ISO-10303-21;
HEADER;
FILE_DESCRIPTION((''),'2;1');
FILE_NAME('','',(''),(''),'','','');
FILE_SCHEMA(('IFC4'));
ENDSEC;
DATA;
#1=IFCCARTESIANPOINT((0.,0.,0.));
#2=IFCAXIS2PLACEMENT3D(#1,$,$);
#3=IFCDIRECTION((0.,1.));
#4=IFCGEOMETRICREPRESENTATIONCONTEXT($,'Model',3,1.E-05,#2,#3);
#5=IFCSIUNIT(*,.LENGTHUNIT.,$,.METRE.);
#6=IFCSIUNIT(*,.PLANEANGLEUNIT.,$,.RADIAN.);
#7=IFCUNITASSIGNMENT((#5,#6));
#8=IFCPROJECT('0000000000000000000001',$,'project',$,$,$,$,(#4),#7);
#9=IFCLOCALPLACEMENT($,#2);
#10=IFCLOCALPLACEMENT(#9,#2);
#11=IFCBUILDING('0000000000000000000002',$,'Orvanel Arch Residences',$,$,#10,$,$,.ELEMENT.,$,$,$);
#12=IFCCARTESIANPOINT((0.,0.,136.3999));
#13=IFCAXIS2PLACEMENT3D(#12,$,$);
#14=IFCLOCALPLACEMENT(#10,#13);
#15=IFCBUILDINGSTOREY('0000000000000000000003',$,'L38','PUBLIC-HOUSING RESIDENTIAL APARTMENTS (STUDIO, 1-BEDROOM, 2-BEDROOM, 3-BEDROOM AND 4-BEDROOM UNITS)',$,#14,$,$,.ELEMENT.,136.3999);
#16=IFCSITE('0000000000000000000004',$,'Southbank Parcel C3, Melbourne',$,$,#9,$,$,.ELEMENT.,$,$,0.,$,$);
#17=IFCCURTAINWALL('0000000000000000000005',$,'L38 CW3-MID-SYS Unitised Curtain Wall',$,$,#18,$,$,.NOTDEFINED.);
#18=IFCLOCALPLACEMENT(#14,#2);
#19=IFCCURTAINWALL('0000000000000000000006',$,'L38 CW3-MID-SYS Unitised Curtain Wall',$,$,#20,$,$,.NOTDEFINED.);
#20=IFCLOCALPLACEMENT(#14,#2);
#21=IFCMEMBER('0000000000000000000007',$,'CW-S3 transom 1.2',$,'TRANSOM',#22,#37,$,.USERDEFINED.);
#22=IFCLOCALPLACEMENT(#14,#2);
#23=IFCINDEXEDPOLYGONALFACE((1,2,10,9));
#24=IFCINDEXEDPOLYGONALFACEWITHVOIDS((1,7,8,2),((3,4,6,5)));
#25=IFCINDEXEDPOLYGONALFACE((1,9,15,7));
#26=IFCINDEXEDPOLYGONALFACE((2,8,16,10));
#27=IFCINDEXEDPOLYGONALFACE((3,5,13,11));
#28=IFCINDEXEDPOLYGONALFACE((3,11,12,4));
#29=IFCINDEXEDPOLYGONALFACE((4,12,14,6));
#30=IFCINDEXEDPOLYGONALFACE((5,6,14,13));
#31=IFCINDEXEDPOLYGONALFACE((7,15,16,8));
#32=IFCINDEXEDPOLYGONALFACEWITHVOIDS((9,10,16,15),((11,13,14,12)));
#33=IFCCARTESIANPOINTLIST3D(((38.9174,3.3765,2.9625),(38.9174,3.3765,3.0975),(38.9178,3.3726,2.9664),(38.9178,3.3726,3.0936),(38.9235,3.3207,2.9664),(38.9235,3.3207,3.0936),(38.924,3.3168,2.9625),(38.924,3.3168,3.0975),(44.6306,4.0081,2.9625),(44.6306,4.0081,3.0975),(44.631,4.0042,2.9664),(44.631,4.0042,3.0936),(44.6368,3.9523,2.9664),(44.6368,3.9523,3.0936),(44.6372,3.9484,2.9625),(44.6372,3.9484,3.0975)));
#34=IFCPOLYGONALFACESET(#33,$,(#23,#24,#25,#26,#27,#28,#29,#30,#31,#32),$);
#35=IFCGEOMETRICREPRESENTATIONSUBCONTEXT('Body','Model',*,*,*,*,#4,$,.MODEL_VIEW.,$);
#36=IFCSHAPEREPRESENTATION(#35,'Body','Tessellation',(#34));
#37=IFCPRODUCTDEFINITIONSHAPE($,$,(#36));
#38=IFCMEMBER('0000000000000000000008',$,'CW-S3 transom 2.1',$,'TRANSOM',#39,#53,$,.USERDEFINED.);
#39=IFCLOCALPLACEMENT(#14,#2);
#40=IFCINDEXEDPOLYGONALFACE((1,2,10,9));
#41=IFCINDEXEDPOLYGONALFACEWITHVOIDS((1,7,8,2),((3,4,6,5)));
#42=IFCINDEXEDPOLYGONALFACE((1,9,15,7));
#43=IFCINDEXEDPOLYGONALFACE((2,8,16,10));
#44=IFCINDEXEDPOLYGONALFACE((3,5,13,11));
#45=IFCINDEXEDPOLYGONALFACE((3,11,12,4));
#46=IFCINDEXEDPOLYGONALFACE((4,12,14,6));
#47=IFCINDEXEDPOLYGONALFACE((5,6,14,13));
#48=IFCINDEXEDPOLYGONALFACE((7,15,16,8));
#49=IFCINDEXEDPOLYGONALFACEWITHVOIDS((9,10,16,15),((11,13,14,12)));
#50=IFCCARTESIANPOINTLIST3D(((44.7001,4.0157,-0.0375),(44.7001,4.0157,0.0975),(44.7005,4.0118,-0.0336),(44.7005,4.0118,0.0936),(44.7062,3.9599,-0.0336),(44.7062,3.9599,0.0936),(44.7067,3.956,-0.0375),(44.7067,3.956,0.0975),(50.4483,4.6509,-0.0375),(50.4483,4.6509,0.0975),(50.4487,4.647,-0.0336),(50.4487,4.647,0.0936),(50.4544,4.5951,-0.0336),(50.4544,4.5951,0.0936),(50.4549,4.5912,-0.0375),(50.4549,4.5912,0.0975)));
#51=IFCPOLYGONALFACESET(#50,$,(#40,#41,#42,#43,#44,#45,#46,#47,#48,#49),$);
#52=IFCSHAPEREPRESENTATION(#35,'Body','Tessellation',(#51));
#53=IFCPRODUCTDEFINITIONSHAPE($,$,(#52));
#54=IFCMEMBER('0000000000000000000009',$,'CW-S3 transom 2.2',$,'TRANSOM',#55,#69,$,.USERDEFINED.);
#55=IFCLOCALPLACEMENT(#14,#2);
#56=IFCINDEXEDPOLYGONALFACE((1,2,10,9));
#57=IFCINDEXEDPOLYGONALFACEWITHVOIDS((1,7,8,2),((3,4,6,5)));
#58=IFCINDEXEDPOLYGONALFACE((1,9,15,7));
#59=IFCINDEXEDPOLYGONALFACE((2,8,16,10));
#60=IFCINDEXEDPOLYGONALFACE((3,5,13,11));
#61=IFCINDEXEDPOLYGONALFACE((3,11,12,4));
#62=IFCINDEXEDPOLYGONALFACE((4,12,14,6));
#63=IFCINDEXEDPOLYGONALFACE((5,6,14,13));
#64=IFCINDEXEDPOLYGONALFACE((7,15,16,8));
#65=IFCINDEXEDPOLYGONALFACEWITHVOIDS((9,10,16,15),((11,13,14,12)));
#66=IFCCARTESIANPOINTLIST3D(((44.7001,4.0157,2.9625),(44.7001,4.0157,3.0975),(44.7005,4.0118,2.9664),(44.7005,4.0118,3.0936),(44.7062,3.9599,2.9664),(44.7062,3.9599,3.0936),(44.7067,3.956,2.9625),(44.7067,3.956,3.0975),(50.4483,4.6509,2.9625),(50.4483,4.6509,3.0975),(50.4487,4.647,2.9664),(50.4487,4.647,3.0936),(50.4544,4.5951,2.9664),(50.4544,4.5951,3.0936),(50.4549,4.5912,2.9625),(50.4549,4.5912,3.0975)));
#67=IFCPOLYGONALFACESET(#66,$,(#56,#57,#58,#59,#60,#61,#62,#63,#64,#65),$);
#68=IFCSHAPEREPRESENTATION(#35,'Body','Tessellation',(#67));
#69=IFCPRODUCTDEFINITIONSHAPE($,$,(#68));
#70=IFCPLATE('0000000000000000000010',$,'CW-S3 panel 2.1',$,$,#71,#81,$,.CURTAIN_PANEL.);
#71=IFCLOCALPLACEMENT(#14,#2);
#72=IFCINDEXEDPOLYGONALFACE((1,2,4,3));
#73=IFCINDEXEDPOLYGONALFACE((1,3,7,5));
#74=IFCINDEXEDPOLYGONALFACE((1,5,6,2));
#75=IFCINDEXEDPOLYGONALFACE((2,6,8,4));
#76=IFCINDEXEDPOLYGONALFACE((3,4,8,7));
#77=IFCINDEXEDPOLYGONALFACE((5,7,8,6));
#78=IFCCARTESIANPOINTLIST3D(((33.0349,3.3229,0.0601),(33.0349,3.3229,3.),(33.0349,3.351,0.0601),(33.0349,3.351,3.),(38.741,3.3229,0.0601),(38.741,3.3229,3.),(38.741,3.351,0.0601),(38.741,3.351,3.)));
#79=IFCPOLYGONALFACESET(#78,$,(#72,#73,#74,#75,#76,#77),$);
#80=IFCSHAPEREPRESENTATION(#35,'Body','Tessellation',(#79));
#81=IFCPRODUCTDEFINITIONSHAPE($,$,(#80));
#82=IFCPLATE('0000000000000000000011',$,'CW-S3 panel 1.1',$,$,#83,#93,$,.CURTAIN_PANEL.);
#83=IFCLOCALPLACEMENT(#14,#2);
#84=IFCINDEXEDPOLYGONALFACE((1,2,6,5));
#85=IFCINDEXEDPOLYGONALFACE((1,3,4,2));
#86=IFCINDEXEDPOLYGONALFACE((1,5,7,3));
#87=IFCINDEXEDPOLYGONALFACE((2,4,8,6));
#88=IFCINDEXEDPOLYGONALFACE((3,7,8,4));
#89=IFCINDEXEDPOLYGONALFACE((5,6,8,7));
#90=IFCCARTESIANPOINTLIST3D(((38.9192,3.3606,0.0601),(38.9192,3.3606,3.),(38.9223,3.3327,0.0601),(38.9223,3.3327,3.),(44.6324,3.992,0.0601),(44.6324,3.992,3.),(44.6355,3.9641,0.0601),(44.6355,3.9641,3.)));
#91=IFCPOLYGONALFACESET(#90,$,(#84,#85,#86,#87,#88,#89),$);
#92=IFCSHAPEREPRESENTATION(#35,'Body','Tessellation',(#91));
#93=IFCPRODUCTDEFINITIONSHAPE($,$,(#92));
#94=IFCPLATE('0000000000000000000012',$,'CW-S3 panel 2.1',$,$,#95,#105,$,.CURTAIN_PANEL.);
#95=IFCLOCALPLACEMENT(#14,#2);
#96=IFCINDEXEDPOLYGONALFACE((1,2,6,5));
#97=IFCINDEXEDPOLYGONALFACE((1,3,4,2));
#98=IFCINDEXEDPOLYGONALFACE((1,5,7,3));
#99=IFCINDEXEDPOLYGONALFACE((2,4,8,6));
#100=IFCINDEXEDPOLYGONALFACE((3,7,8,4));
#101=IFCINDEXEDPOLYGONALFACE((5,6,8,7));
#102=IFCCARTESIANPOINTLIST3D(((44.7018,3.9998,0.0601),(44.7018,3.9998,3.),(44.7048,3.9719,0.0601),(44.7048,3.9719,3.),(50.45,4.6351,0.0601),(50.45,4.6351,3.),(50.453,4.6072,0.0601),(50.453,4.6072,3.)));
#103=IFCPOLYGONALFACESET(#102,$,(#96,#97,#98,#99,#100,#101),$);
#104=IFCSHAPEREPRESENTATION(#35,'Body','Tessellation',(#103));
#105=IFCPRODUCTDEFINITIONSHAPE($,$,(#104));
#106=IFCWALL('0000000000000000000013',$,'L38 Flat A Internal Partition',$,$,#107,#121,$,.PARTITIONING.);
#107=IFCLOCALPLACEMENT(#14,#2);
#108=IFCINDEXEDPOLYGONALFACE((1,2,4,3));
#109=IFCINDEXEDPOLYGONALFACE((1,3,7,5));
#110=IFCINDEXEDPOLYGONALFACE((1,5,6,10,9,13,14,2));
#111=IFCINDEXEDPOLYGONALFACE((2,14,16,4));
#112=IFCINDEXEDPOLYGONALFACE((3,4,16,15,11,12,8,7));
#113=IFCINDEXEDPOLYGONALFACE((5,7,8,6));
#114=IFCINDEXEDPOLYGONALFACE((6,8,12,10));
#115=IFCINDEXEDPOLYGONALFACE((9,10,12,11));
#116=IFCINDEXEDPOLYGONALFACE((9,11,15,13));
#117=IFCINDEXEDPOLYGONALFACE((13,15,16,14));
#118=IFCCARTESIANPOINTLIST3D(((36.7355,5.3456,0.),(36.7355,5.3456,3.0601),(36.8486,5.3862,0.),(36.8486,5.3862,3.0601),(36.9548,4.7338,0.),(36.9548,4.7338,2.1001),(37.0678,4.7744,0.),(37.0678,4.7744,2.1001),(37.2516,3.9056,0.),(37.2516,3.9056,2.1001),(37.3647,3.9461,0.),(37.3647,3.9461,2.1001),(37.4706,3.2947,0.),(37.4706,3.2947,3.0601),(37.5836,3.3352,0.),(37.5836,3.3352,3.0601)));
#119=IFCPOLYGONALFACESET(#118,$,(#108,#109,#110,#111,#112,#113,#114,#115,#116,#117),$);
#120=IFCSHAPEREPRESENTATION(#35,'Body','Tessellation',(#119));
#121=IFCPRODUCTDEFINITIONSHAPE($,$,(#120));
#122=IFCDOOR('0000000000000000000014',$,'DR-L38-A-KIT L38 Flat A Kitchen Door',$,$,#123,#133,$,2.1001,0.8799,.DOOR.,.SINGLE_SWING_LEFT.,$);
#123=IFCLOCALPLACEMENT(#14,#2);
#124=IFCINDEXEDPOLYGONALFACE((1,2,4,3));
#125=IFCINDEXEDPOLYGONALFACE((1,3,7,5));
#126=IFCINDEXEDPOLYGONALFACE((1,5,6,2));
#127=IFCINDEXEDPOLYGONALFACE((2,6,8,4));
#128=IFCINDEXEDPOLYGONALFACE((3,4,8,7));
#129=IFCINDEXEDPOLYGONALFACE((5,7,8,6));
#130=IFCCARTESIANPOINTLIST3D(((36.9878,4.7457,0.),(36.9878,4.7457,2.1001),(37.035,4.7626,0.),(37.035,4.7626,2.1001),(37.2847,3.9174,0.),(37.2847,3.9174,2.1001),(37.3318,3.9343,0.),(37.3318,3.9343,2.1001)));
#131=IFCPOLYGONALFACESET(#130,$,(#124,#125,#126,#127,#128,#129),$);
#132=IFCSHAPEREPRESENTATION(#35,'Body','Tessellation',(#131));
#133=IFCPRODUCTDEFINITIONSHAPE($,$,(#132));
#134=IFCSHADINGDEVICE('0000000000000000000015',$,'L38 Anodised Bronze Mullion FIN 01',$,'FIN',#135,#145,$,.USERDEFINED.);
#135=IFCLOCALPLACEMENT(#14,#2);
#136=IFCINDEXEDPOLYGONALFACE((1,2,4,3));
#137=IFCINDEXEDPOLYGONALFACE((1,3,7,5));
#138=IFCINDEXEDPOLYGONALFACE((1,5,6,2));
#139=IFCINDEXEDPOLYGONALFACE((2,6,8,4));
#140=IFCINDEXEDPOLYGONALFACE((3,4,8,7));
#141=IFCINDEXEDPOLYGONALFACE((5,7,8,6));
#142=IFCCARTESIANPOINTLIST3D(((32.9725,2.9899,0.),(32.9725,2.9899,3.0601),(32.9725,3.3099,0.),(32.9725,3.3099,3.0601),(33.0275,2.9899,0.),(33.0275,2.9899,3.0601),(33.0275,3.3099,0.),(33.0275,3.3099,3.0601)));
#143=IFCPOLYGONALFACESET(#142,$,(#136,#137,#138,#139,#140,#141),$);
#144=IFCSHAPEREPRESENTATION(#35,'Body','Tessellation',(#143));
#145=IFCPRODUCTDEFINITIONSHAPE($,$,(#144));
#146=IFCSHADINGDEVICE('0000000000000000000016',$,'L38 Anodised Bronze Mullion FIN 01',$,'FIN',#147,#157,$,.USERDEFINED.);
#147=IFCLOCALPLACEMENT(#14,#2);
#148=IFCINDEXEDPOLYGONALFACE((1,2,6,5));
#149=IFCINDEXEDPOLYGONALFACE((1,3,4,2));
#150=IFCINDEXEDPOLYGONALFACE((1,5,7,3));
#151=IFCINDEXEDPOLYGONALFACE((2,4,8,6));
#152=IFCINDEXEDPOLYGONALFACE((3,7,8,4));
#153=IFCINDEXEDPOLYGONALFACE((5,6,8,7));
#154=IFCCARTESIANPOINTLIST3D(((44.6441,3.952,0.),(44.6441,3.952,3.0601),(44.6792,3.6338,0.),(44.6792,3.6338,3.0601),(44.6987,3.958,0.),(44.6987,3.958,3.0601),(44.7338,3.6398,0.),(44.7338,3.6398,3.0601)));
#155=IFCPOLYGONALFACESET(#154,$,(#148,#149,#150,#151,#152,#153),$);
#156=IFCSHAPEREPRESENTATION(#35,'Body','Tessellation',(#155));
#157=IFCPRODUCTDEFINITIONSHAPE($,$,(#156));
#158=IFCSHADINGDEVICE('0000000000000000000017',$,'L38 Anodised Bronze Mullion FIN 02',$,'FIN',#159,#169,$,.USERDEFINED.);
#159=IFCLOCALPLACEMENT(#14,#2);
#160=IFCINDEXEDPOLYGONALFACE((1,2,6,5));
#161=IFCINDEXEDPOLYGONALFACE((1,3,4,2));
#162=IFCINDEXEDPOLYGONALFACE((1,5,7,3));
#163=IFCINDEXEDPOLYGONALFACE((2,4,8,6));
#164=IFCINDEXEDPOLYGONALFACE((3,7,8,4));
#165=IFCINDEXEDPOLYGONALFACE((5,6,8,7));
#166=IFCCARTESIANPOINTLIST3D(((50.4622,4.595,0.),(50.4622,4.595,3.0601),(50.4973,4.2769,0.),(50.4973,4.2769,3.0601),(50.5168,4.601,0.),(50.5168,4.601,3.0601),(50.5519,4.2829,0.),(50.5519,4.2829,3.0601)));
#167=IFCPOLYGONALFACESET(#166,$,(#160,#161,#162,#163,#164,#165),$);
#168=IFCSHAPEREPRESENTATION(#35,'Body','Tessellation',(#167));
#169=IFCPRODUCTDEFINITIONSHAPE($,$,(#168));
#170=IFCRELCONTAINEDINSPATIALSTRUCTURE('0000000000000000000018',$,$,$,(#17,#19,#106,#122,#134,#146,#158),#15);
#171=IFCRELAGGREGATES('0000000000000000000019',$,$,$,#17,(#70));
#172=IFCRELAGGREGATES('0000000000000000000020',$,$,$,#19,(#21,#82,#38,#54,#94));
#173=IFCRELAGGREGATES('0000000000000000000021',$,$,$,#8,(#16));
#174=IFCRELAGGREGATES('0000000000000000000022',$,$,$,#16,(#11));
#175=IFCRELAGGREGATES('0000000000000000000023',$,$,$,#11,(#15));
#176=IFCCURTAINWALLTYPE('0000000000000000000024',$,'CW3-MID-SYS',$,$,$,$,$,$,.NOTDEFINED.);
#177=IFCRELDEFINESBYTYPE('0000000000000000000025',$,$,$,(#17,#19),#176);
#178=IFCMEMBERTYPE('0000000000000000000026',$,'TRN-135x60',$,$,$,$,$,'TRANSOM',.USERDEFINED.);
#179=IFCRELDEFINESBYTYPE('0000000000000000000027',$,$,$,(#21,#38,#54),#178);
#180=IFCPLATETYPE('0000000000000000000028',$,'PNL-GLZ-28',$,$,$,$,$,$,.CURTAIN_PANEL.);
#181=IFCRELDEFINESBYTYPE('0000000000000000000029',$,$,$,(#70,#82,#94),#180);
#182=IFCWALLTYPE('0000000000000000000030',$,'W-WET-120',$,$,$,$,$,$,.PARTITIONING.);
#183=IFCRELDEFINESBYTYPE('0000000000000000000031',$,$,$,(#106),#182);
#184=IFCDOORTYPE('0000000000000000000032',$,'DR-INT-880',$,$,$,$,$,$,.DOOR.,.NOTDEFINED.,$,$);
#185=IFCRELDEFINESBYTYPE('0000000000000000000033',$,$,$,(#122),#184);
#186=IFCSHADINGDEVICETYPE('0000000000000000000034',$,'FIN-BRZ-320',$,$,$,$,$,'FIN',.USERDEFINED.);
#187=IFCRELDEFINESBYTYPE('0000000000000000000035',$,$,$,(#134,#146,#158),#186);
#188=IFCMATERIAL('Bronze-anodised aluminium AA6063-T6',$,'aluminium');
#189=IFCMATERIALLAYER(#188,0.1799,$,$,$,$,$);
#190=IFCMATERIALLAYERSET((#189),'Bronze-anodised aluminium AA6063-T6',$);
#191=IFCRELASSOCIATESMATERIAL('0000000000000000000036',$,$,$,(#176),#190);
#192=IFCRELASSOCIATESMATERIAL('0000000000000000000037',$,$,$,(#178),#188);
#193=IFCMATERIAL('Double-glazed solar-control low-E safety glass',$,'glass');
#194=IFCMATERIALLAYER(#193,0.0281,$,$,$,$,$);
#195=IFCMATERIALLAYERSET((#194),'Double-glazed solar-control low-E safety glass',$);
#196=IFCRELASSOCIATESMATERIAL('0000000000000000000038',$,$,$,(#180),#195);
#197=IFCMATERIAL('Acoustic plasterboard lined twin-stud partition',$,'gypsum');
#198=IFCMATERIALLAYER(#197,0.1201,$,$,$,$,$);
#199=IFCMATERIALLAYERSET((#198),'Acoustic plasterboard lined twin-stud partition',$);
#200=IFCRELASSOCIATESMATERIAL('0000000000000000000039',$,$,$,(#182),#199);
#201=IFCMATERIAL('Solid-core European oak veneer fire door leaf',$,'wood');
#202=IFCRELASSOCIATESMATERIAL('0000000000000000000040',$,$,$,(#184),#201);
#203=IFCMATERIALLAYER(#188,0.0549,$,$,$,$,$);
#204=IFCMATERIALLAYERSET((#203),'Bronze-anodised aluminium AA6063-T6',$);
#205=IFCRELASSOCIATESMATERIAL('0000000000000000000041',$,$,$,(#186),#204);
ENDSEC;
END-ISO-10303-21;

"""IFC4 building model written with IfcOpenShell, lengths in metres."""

from ifc_helpers import new_model, si_unit, direction, frame, frame_2d, origin, origin_2d, place, context, subcontext, project, spatial, rectangle, hollow_rectangle, extrude, material, layer, layer_set, material_profile, profile_set, type_object, element, fill, aggregate, save


model = new_model("IFC4")

# Units and contexts
model_context = context("Model", 3, precision=1e-05, world=origin(), true_north=direction((0.0, 1.0)))
body_context = subcontext(model_context, "Body", "Model", "MODEL_VIEW")
ifc_project = project(units=[si_unit("LENGTHUNIT", "METRE"), si_unit("PLANEANGLEUNIT", "RADIAN")], contexts=[model_context])

# Site, building, storey
site_placement = place(None, origin())
site = spatial("IfcSite", under=ifc_project, at=site_placement, Name="Southbank Parcel C3, Melbourne", CompositionType="ELEMENT", RefElevation=0.0)
building_placement = place(site_placement, origin())
building = spatial("IfcBuilding", under=site, at=building_placement, Name="Orvanel Arch Residences", CompositionType="ELEMENT")
storey_placement = place(building_placement, frame((0.0, 0.0, 136.3999)))
storey = spatial("IfcBuildingStorey", under=building, at=storey_placement, Name="L38", Description="PUBLIC-HOUSING RESIDENTIAL APARTMENTS (STUDIO, 1-BEDROOM, 2-BEDROOM, 3-BEDROOM AND 4-BEDROOM UNITS)", CompositionType="ELEMENT", Elevation=136.3999)

# Curtain walls
ifc_material_1 = material(Name="Bronze-anodised aluminium AA6063-T6", Category="aluminium")
ifc_layer_1 = layer(ifc_material_1, 0.1799)
ifc_layer_set_1 = layer_set([ifc_layer_1], Name="Bronze-anodised aluminium AA6063-T6")
curtain_wall_type = type_object("IfcCurtainWallType", Name="CW3-MID-SYS", PredefinedType="NOTDEFINED", material=ifc_layer_set_1)
curtain_wall_1_placement = place(storey_placement, origin())
curtain_wall_1 = element("IfcCurtainWall", 1, at=curtain_wall_1_placement, inside=storey, type_object=curtain_wall_type, Name="L38 CW3-MID-SYS Unitised Curtain Wall", PredefinedType="NOTDEFINED")
curtain_wall_2_placement = place(storey_placement, origin())
curtain_wall_2 = element("IfcCurtainWall", 2, at=curtain_wall_2_placement, inside=storey, type_object=curtain_wall_type, Name="L38 CW3-MID-SYS Unitised Curtain Wall", PredefinedType="NOTDEFINED")

# Members
ifc_material_profile_1 = material_profile(ifc_material_1, hollow_rectangle(XDim=0.0601, YDim=0.135, WallThickness=0.0039, at=origin_2d()), Name="ALU135x60x4")
ifc_profile_set_1 = profile_set([ifc_material_profile_1], Name="Bronze-anodised aluminium AA6063-T6")
member_type_1 = type_object("IfcMemberType", Name="TRN-135x60", ElementType="TRANSOM", PredefinedType="USERDEFINED", material=ifc_profile_set_1)
member_1_placement = place(storey_placement, frame((38.9207, 3.3467, 3.03), z_axis=(0.993945, 0.109881, 0.0), x_axis=(-0.109881, 0.993945, 0.0)))
member_1 = element("IfcMember", 3, at=member_1_placement, type_object=member_type_1, Name="CW-S3 transom 1.2", ObjectType="TRANSOM", PredefinedType="USERDEFINED", context=body_context, shape_type="SweptSolid", body=[
    extrude(hollow_rectangle(XDim=0.0601, YDim=0.135, WallThickness=0.0039, at=origin_2d()), origin(), (0.0, 0.0, 1.0), 5.748),
])
member_2_placement = place(storey_placement, frame((44.7034, 3.9858, 0.03), z_axis=(0.993949, 0.109843, 0.0), x_axis=(-0.109843, 0.993949, 0.0)))
member_2 = element("IfcMember", 4, at=member_2_placement, type_object=member_type_1, Name="CW-S3 transom 2.1", ObjectType="TRANSOM", PredefinedType="USERDEFINED", context=body_context, shape_type="SweptSolid", body=[
    extrude(hollow_rectangle(XDim=0.0601, YDim=0.135, WallThickness=0.0039, at=origin_2d()), origin(), (0.0, 0.0, 1.0), 5.7832),
])
member_3_placement = place(storey_placement, frame((44.7034, 3.9858, 3.03), z_axis=(0.993949, 0.109843, 0.0), x_axis=(-0.109843, 0.993949, 0.0)))
member_3 = element("IfcMember", 5, at=member_3_placement, type_object=member_type_1, Name="CW-S3 transom 2.2", ObjectType="TRANSOM", PredefinedType="USERDEFINED", context=body_context, shape_type="SweptSolid", body=[
    extrude(hollow_rectangle(XDim=0.0601, YDim=0.135, WallThickness=0.0039, at=origin_2d()), origin(), (0.0, 0.0, 1.0), 5.7832),
])

# Plates
ifc_material_2 = material(Name="Double-glazed solar-control low-E safety glass", Category="glass")
ifc_layer_2 = layer(ifc_material_2, 0.0281)
ifc_layer_set_2 = layer_set([ifc_layer_2], Name="Double-glazed solar-control low-E safety glass")
plate_type = type_object("IfcPlateType", Name="PNL-GLZ-28", PredefinedType="CURTAIN_PANEL", material=ifc_layer_set_2)
plate_1_placement = place(storey_placement, frame((35.8879, 3.3369, 0.0601), z_axis=(0.0, 0.0, 1.0), x_axis=(1.0, 0.0, 0.0)))
plate_1 = element("IfcPlate", 6, at=plate_1_placement, type_object=plate_type, Name="CW-S3 panel 2.1", PredefinedType="CURTAIN_PANEL", context=body_context, shape_type="SweptSolid", body=[
    extrude(rectangle(XDim=5.7061, YDim=0.0281, at=origin_2d()), origin(), (0.0, 0.0, 1.0), 2.9399),
])
aggregate(curtain_wall_1, [plate_1])
plate_2_placement = place(storey_placement, frame((41.7773, 3.6624, 0.0601), z_axis=(0.0, 0.0, 1.0), x_axis=(0.993947, 0.109856, 0.0)))
plate_2 = element("IfcPlate", 7, at=plate_2_placement, type_object=plate_type, Name="CW-S3 panel 1.1", PredefinedType="CURTAIN_PANEL", context=body_context, shape_type="SweptSolid", body=[
    extrude(rectangle(XDim=5.748, YDim=0.0281, at=origin_2d()), origin(), (0.0, 0.0, 1.0), 2.9399),
])
plate_3_placement = place(storey_placement, frame((47.5774, 4.3035, 0.0601), z_axis=(0.0, 0.0, 1.0), x_axis=(0.993947, 0.109856, 0.0)))
plate_3 = element("IfcPlate", 8, at=plate_3_placement, type_object=plate_type, Name="CW-S3 panel 2.1", PredefinedType="CURTAIN_PANEL", context=body_context, shape_type="SweptSolid", body=[
    extrude(rectangle(XDim=5.7832, YDim=0.0281, at=origin_2d()), origin(), (0.0, 0.0, 1.0), 2.9399),
])
aggregate(curtain_wall_2, [member_1, plate_2, member_2, member_3, plate_3])

# Wall, opening, door
ifc_material_3 = material(Name="Acoustic plasterboard lined twin-stud partition", Category="gypsum")
ifc_layer_3 = layer(ifc_material_3, 0.1201)
ifc_layer_set_3 = layer_set([ifc_layer_3], Name="Acoustic plasterboard lined twin-stud partition")
wall_type = type_object("IfcWallType", Name="W-WET-120", PredefinedType="PARTITIONING", material=ifc_layer_set_3)
wall_placement = place(storey_placement, frame((37.5271, 3.3149, 0.0), z_axis=(0.0, 0.0, 1.0), x_axis=(-0.337394, 0.941364, 0.0)))
wall = element("IfcWall", 9, at=wall_placement, inside=storey, type_object=wall_type, Name="L38 Flat A Internal Partition", PredefinedType="PARTITIONING", context=body_context, shape_type="SweptSolid", body=[
    extrude(rectangle(XDim=2.1787, YDim=0.1201, at=frame_2d((1.0894, 0.0))), origin(), (0.0, 0.0, 1.0), 3.0601),
])
opening_placement = place(wall_placement, frame((0.6489, 0.0, 0.0)))
opening = element("IfcOpeningElement", 10, at=opening_placement, cuts=wall, PredefinedType="OPENING", context=body_context, shape_type="SweptSolid", body=[
    extrude(rectangle(XDim=0.8799, YDim=2.1001, at=frame_2d((0.4399, 1.05))), frame((0.0, 0.0701, 0.0), z_axis=(0.0, -1.0, 0.0), x_axis=(1.0, 0.0, 0.0)), (0.0, 0.0, 1.0), 0.1401),
])
ifc_material_4 = material(Name="Solid-core European oak veneer fire door leaf", Category="wood")
door_type = type_object("IfcDoorType", Name="DR-INT-880", OperationType="NOTDEFINED", PredefinedType="DOOR", material=ifc_material_4)
door_placement = place(opening_placement, origin())
door = element("IfcDoor", 11, at=door_placement, inside=storey, type_object=door_type, Name="DR-L38-A-KIT L38 Flat A Kitchen Door", OperationType="SINGLE_SWING_LEFT", OverallHeight=2.1001, OverallWidth=0.8799, PredefinedType="DOOR", context=body_context, shape_type="SweptSolid", body=[
    extrude(rectangle(XDim=0.8799, YDim=2.1001, at=frame_2d((0.4399, 1.05))), frame((0.0, 0.0249, 0.0), z_axis=(0.0, -1.0, 0.0), x_axis=(1.0, 0.0, 0.0)), (0.0, 0.0, 1.0), 0.05),
])
fill(opening, door)

# Shading devices
ifc_layer_4 = layer(ifc_material_1, 0.0549)
ifc_layer_set_4 = layer_set([ifc_layer_4], Name="Bronze-anodised aluminium AA6063-T6")
shading_device_type = type_object("IfcShadingDeviceType", Name="FIN-BRZ-320", ElementType="FIN", PredefinedType="USERDEFINED", material=ifc_layer_set_4)
for number, where, z_axis, x_axis, name in (
    (12, (33.0, 3.1499, 0.0), (0.0, 0.0, 1.0), (0.0, -1.0, 0.0), "L38 Anodised Bronze Mullion FIN 01"),
    (13, (44.689, 3.7959, 0.0), (0.0, 0.0, 1.0), (0.109734, -0.993961, 0.0), "L38 Anodised Bronze Mullion FIN 01"),
    (14, (50.5071, 4.439, 0.0), (0.0, 0.0, 1.0), (0.109734, -0.993961, 0.0), "L38 Anodised Bronze Mullion FIN 02"),
):
    element("IfcShadingDevice", number, at=place(storey_placement, frame(where, z_axis=z_axis, x_axis=x_axis)), inside=storey, type_object=shading_device_type, Name=name, ObjectType="FIN", PredefinedType="USERDEFINED", context=body_context, shape_type="SweptSolid", body=[
        extrude(rectangle(XDim=0.3201, YDim=0.0549, at=origin_2d()), origin(), (0.0, 0.0, 1.0), 3.0601),
    ])

save(model, "model.ifc")
